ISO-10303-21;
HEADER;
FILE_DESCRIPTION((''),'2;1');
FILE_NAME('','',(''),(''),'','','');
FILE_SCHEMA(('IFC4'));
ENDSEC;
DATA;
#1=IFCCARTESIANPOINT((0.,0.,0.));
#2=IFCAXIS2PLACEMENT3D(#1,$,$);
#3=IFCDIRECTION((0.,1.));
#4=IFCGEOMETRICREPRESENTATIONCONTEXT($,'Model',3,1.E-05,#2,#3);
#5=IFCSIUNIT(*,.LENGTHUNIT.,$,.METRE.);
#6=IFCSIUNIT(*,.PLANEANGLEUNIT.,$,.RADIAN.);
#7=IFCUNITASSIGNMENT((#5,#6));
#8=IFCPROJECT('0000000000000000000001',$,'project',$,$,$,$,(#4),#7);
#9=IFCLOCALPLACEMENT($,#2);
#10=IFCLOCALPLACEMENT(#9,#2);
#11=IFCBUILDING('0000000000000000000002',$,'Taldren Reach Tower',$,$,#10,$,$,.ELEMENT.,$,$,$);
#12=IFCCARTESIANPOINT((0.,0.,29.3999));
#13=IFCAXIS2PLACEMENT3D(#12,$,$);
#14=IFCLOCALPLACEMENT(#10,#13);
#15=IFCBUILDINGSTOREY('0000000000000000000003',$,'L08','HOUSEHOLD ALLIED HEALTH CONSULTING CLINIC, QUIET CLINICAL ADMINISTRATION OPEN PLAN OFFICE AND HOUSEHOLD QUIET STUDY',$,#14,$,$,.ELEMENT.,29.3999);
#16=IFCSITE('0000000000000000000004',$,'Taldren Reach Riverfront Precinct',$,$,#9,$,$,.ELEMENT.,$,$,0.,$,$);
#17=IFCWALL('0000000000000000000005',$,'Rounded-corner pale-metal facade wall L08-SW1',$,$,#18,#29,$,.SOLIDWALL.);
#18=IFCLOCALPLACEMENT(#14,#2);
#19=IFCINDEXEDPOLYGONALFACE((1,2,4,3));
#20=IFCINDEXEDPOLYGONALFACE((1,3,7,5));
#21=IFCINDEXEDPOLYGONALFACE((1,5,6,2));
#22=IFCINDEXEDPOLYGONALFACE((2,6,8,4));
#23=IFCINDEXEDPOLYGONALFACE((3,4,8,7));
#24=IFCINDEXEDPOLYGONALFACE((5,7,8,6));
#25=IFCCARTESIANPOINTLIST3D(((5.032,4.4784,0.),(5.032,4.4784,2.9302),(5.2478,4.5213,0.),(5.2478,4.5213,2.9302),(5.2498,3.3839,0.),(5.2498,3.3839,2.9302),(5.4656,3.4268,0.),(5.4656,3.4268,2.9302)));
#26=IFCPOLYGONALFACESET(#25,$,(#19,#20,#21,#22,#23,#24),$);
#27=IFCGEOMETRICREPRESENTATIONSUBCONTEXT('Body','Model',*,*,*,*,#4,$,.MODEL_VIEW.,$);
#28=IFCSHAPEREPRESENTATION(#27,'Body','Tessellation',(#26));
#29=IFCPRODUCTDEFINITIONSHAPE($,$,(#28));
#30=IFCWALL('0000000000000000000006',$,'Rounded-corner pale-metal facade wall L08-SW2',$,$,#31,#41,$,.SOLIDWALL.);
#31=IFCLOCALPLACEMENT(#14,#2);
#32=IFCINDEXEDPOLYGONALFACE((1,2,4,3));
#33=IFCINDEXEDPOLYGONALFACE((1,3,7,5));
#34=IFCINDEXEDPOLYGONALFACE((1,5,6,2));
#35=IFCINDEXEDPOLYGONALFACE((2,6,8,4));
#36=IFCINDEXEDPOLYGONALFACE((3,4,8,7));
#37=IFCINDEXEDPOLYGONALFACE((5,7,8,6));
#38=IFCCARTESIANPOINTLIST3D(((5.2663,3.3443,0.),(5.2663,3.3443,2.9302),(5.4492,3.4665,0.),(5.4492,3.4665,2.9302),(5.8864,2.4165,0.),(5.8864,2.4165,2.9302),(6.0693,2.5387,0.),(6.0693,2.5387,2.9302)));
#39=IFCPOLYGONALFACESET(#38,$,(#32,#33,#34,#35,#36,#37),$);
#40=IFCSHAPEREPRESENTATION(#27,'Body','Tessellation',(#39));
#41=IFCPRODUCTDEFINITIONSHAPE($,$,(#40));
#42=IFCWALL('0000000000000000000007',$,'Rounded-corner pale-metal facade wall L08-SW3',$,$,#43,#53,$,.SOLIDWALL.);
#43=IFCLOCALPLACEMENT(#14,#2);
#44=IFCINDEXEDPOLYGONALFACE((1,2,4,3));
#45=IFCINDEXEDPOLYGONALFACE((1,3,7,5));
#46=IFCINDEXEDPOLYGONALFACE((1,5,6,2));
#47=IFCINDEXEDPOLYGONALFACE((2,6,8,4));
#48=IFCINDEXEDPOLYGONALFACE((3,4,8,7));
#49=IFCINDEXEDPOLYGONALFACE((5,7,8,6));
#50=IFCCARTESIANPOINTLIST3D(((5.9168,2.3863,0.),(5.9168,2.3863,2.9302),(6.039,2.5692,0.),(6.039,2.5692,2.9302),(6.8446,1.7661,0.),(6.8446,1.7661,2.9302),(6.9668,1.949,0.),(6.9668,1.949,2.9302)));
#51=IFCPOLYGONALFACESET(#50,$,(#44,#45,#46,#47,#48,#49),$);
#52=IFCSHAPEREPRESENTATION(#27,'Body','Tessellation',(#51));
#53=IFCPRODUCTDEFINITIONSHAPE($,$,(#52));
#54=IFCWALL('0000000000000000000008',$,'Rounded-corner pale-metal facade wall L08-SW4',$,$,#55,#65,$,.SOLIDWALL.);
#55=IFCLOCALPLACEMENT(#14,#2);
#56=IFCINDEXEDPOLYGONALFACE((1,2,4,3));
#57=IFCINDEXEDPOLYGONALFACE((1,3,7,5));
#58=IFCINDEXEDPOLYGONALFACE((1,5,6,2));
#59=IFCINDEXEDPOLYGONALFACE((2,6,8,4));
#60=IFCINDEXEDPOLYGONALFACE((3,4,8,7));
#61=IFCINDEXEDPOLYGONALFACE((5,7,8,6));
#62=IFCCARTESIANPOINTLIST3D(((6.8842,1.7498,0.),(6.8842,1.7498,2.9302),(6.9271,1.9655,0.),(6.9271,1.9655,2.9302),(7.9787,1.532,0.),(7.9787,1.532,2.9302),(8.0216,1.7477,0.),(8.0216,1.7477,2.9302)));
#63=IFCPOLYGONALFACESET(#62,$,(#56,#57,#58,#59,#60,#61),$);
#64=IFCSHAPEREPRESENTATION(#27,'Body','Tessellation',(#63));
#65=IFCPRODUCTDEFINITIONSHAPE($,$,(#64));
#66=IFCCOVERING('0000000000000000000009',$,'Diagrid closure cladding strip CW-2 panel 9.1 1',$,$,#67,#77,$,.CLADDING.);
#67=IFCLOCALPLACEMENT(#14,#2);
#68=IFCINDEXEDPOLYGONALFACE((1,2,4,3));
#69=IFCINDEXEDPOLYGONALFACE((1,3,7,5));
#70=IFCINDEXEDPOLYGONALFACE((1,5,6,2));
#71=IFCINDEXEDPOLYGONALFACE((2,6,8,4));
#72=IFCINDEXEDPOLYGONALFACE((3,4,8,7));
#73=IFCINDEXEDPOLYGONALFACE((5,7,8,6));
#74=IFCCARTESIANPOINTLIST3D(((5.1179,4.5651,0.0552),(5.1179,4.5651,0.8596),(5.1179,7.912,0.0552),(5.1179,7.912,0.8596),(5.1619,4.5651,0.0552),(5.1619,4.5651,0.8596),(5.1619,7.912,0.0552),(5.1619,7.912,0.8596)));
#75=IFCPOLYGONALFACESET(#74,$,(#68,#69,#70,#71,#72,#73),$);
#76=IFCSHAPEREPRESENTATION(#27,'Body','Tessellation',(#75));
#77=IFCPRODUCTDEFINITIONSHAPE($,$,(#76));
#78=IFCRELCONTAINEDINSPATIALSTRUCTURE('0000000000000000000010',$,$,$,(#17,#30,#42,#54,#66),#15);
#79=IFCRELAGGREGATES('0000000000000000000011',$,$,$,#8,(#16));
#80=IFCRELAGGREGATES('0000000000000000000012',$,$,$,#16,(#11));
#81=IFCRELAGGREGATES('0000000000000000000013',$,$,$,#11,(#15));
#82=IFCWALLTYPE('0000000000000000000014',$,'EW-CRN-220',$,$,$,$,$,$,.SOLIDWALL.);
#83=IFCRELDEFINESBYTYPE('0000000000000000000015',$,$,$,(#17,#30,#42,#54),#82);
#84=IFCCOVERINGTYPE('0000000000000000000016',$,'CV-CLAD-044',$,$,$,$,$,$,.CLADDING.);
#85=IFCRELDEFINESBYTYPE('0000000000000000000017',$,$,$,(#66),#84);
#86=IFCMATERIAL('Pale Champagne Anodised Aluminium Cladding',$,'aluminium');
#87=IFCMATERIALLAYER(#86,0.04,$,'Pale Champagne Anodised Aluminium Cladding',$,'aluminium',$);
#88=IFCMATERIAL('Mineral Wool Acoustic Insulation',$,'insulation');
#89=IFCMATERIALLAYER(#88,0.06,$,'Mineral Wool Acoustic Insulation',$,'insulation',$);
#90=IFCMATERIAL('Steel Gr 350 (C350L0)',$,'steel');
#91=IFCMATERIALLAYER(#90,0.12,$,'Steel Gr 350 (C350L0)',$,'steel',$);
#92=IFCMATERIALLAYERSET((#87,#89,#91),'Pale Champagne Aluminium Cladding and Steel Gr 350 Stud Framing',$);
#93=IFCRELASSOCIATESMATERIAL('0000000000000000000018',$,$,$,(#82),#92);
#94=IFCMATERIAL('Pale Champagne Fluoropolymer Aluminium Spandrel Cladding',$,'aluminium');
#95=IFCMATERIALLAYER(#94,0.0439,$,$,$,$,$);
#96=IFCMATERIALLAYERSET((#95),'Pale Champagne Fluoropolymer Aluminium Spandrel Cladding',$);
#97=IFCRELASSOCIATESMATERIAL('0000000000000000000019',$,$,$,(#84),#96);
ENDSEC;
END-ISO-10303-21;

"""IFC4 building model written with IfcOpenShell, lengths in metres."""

from ifc_helpers import new_model, si_unit, direction, frame, frame_2d, origin, origin_2d, place, context, subcontext, project, spatial, rectangle, extrude, source, transform, mapped, material, layer, layer_set, type_object, element, save


model = new_model("IFC4")

# Units and contexts
model_context = context("Model", 3, precision=1e-05, world=origin(), true_north=direction((0.0, 1.0)))
body_context = subcontext(model_context, "Body", "Model", "MODEL_VIEW")
ifc_project = project(units=[si_unit("LENGTHUNIT", "METRE"), si_unit("PLANEANGLEUNIT", "RADIAN")], contexts=[model_context])

# Site, building, storey
site_placement = place(None, origin())
site = spatial("IfcSite", under=ifc_project, at=site_placement, Name="Taldren Reach Riverfront Precinct", CompositionType="ELEMENT", RefElevation=0.0)
building_placement = place(site_placement, origin())
building = spatial("IfcBuilding", under=site, at=building_placement, Name="Taldren Reach Tower", CompositionType="ELEMENT")
storey_placement = place(building_placement, frame((0.0, 0.0, 29.3999)))
storey = spatial("IfcBuildingStorey", under=building, at=storey_placement, Name="L08", Description="HOUSEHOLD ALLIED HEALTH CONSULTING CLINIC, QUIET CLINICAL ADMINISTRATION OPEN PLAN OFFICE AND HOUSEHOLD QUIET STUDY", CompositionType="ELEMENT", Elevation=29.3999)

# Shared definitions
ifc_material_1 = material(Name="Steel Gr 350 (C350L0)", Category="steel")

# Walls
ifc_material_2 = material(Name="Pale Champagne Anodised Aluminium Cladding", Category="aluminium")
ifc_layer_1 = layer(ifc_material_2, 0.04, Name="Pale Champagne Anodised Aluminium Cladding", Category="aluminium")
ifc_material_3 = material(Name="Mineral Wool Acoustic Insulation", Category="insulation")
ifc_layer_2 = layer(ifc_material_3, 0.06, Name="Mineral Wool Acoustic Insulation", Category="insulation")
ifc_layer_3 = layer(ifc_material_1, 0.12, Name="Steel Gr 350 (C350L0)", Category="steel")
ifc_layer_set_1 = layer_set([ifc_layer_1, ifc_layer_2, ifc_layer_3], Name="Pale Champagne Aluminium Cladding and Steel Gr 350 Stud Framing")
wall_type = type_object("IfcWallType", Name="EW-CRN-220", PredefinedType="SOLIDWALL", material=ifc_layer_set_1)
shared_shape_1 = source(origin(), body_context, "Body", "SweptSolid", [
    extrude(rectangle(XDim=1.116, YDim=0.22, at=frame_2d((0.5581, 0.0))), origin(), (0.0, 0.0, 1.0), 2.9302),
])
for number, where, z_axis, x_axis, name in (
    (1, (5.1399, 4.5, 0.0), (0.0, 0.0, 1.0), (0.195148, -0.980774, 0.0), "Rounded-corner pale-metal facade wall L08-SW1"),
    (2, (5.3577, 3.4055, 0.0), (0.0, 0.0, 1.0), (0.55571, -0.831377, 0.0), "Rounded-corner pale-metal facade wall L08-SW2"),
    (3, (5.9778, 2.4778, 0.0), (0.0, 0.0, 1.0), (0.831377, -0.55571, 0.0), "Rounded-corner pale-metal facade wall L08-SW3"),
    (4, (6.9055, 1.8577, 0.0), (0.0, 0.0, 1.0), (0.980774, -0.195148, 0.0), "Rounded-corner pale-metal facade wall L08-SW4"),
):
    element("IfcWall", number, at=place(storey_placement, frame(where, z_axis=z_axis, x_axis=x_axis)), inside=storey, type_object=wall_type, Name=name, PredefinedType="SOLIDWALL", context=body_context, shape_type="MappedRepresentation", body=[
        mapped(shared_shape_1, transform((0.0, 0.0, 0.0), scale=1.0)),
    ])

# Covering
ifc_material_4 = material(Name="Pale Champagne Fluoropolymer Aluminium Spandrel Cladding", Category="aluminium")
ifc_layer_4 = layer(ifc_material_4, 0.0439)
ifc_layer_set_2 = layer_set([ifc_layer_4], Name="Pale Champagne Fluoropolymer Aluminium Spandrel Cladding")
covering_type = type_object("IfcCoveringType", Name="CV-CLAD-044", PredefinedType="CLADDING", material=ifc_layer_set_2)
shared_shape_2 = source(origin(), body_context, "Body", "SweptSolid", [
    extrude(rectangle(XDim=3.3469, YDim=0.0439, at=origin_2d()), origin(), (0.0, 0.0, 1.0), 0.8044),
])
covering_placement = place(storey_placement, frame((5.1399, 6.2385, 0.0552), z_axis=(0.0, 0.0, 1.0), x_axis=(0.0, -1.0, 0.0)))
element("IfcCovering", 5, at=covering_placement, inside=storey, type_object=covering_type, Name="Diagrid closure cladding strip CW-2 panel 9.1 1", PredefinedType="CLADDING", context=body_context, shape_type="MappedRepresentation", body=[
    mapped(shared_shape_2, transform((0.0, 0.0, 0.0), scale=1.0)),
])

save(model, "model.ifc")
